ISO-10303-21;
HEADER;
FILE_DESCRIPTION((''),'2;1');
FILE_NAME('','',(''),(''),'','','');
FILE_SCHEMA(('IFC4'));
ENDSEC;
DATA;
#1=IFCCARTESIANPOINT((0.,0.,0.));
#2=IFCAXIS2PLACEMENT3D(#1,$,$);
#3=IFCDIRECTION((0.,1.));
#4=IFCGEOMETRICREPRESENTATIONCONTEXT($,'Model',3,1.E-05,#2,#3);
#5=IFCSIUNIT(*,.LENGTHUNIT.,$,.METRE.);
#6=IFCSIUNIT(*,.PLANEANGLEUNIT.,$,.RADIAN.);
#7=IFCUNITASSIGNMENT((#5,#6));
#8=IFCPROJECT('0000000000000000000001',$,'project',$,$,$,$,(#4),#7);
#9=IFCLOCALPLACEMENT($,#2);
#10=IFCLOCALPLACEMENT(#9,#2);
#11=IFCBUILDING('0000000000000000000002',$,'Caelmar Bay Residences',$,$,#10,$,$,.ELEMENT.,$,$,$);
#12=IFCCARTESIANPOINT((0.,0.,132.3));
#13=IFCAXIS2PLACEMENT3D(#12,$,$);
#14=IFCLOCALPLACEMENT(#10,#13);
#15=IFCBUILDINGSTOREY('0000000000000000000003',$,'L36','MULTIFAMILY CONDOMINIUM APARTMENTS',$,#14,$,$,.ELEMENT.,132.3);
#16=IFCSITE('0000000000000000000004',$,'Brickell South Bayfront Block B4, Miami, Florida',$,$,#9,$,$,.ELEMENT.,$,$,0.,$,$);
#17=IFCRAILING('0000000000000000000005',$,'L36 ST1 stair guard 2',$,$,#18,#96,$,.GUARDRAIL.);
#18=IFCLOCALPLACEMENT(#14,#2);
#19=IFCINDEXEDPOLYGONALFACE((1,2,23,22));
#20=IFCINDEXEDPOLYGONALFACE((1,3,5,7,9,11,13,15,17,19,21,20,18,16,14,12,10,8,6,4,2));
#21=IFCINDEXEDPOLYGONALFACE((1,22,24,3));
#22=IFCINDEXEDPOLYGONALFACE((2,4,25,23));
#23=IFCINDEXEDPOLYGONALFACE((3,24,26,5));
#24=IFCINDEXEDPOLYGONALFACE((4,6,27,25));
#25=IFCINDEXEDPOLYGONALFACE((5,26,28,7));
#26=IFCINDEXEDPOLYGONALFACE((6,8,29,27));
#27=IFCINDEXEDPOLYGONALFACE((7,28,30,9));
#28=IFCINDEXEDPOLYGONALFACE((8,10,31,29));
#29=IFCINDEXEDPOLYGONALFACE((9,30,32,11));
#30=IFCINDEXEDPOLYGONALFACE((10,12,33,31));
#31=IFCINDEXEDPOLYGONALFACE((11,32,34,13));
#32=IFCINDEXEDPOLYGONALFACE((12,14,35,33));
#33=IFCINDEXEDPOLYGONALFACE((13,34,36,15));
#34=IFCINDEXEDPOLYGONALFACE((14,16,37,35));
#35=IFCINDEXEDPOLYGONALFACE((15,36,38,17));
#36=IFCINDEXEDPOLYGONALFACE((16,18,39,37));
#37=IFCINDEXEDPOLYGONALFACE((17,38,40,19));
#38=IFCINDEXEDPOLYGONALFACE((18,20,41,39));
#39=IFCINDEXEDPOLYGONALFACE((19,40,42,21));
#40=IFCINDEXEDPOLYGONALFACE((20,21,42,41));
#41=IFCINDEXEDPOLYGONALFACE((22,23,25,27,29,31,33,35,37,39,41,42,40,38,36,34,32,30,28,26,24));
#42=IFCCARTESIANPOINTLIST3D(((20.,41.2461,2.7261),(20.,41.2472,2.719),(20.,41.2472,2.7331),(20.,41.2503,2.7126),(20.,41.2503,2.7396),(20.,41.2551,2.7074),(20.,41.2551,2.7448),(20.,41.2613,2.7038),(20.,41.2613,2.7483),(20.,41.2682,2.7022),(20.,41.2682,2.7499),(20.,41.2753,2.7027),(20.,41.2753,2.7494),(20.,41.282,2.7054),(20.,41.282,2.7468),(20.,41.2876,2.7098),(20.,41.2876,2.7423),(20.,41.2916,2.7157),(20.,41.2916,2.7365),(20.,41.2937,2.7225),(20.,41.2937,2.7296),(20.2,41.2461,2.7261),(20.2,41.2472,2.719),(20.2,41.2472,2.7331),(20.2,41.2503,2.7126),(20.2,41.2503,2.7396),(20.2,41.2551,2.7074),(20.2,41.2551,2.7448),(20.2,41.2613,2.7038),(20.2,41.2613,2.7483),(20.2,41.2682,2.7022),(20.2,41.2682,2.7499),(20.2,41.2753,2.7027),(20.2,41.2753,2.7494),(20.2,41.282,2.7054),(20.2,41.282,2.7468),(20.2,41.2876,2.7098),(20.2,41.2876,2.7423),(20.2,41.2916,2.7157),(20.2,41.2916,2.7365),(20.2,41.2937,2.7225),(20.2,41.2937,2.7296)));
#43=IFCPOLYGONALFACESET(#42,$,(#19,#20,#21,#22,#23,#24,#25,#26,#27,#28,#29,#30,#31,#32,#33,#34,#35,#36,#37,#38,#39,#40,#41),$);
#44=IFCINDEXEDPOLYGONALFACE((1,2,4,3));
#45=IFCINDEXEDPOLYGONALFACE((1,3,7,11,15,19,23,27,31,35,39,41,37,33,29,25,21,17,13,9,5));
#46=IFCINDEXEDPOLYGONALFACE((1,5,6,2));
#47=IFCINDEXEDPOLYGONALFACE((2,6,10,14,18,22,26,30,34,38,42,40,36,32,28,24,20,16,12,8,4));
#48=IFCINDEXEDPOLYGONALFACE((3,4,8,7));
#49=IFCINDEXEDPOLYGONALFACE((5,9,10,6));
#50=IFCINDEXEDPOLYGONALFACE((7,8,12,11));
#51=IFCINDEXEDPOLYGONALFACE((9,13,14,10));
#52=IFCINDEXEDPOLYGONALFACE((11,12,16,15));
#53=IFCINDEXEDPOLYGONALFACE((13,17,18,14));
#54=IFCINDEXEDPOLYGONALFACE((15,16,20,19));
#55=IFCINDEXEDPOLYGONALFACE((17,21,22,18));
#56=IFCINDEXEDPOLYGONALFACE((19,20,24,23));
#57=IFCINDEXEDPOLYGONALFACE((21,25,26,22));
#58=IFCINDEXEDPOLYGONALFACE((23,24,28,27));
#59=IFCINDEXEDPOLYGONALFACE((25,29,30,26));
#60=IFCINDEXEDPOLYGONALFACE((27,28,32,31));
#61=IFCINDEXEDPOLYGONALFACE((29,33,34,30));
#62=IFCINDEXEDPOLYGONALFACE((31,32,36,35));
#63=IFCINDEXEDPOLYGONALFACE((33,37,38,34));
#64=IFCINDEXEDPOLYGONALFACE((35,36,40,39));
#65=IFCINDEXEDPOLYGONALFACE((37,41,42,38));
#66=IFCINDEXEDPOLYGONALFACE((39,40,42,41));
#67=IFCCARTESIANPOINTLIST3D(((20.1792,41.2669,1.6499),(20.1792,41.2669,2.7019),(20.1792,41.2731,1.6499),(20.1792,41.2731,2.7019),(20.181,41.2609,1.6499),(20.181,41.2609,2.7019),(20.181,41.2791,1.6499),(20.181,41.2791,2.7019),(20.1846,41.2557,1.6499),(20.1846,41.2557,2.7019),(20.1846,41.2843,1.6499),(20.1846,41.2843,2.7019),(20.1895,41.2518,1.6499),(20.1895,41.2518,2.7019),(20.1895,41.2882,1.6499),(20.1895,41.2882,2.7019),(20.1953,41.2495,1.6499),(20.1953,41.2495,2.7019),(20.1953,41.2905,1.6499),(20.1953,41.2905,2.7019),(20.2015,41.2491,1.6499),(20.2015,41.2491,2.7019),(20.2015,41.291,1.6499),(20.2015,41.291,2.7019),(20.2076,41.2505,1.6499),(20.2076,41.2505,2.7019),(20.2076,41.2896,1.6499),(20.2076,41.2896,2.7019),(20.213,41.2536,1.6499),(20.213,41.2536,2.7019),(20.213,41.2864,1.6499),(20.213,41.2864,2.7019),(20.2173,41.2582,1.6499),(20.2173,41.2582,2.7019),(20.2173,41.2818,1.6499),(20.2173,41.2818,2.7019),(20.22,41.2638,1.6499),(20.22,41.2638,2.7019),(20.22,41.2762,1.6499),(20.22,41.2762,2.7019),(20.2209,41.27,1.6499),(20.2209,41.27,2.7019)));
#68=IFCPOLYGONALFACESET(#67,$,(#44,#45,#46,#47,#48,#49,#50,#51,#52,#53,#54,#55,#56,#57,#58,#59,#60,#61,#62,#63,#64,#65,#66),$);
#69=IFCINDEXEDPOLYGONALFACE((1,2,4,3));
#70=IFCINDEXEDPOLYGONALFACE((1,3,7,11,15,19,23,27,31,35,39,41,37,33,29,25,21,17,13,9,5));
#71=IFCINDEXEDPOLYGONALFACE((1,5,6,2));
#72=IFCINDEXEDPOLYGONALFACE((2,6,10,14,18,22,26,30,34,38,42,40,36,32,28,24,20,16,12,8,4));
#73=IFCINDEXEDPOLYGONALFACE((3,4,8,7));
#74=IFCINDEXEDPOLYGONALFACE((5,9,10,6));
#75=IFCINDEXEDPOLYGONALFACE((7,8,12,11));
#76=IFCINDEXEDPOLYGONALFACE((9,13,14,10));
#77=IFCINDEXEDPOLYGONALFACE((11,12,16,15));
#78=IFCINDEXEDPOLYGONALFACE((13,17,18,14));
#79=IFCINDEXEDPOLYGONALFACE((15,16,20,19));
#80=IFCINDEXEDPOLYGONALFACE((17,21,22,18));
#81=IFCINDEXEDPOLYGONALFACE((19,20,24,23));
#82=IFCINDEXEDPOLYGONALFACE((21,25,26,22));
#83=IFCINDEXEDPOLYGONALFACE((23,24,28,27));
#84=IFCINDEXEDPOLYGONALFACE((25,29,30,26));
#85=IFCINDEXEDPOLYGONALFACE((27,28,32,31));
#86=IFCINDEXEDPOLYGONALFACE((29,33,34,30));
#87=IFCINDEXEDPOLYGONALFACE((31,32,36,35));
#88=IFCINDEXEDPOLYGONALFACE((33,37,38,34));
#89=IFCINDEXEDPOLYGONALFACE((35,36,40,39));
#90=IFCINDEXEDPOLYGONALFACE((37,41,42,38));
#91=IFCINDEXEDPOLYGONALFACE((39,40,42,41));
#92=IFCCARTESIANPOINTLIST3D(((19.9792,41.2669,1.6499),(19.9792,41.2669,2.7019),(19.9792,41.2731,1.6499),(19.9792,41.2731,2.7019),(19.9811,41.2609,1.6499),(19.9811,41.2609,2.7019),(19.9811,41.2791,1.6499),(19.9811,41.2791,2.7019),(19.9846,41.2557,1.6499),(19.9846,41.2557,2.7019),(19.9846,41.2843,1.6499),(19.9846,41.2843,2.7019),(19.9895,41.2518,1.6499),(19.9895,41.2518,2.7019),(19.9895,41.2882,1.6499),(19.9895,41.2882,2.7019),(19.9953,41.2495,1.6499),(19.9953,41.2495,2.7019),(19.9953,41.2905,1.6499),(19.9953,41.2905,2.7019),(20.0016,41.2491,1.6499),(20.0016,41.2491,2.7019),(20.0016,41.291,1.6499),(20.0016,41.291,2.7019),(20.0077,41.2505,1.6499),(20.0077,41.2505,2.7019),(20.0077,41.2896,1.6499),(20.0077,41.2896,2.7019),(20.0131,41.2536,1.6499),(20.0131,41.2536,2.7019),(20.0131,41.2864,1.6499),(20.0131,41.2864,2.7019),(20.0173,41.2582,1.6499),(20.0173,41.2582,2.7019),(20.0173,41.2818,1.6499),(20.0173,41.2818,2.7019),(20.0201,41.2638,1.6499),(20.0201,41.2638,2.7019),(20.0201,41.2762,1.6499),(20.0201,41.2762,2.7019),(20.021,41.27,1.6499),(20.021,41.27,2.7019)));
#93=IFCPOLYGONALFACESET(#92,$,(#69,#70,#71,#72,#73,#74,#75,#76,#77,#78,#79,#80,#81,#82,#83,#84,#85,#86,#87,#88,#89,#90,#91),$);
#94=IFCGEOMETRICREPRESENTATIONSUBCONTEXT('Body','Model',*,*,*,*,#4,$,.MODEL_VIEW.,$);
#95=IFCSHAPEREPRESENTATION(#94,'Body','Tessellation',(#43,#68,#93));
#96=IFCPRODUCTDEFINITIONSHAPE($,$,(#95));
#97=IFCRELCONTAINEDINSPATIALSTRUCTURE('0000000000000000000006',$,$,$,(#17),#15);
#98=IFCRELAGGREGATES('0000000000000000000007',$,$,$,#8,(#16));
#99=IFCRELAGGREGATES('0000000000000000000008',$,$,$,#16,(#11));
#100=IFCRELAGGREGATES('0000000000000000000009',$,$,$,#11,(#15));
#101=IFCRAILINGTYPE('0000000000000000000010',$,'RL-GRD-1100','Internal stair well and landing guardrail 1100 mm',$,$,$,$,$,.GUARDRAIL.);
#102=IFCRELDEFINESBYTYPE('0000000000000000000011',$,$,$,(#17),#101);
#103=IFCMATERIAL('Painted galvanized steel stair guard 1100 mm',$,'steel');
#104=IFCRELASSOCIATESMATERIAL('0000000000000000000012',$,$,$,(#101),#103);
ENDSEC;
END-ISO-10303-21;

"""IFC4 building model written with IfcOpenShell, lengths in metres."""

from ifc_helpers import new_model, si_unit, direction, frame, origin, origin_2d, place, context, subcontext, project, spatial, circle, extrude, material, type_object, element, save


model = new_model("IFC4")

# Units and contexts
model_context = context("Model", 3, precision=1e-05, world=origin(), true_north=direction((0.0, 1.0)))
body_context = subcontext(model_context, "Body", "Model", "MODEL_VIEW")
ifc_project = project(units=[si_unit("LENGTHUNIT", "METRE"), si_unit("PLANEANGLEUNIT", "RADIAN")], contexts=[model_context])

# Site, building, storey
site_placement = place(None, origin())
site = spatial("IfcSite", under=ifc_project, at=site_placement, Name="Brickell South Bayfront Block B4, Miami, Florida", CompositionType="ELEMENT", RefElevation=0.0)
building_placement = place(site_placement, origin())
building = spatial("IfcBuilding", under=site, at=building_placement, Name="Caelmar Bay Residences", CompositionType="ELEMENT")
storey_placement = place(building_placement, frame((0.0, 0.0, 132.3)))
storey = spatial("IfcBuildingStorey", under=building, at=storey_placement, Name="L36", Description="MULTIFAMILY CONDOMINIUM APARTMENTS", CompositionType="ELEMENT", Elevation=132.3)

# Railing
ifc_material_1 = material(Name="Painted galvanized steel stair guard 1100 mm", Category="steel")
railing_type_1 = type_object("IfcRailingType", Name="RL-GRD-1100", Description="Internal stair well and landing guardrail 1100 mm", PredefinedType="GUARDRAIL", material=ifc_material_1)
railing_1_placement = place(storey_placement, frame((20.2, 41.27, 1.6499)))
element("IfcRailing", 1, at=railing_1_placement, inside=storey, type_object=railing_type_1, Name="L36 ST1 stair guard 2", PredefinedType="GUARDRAIL", context=body_context, shape_type="SweptSolid", body=[
    extrude(circle(Radius=0.0239, at=origin_2d()), frame((0.0, 0.0, 1.0762), z_axis=(-1.0, 0.0, 0.0), x_axis=(0.0, -1.0, 0.0)), (0.0, 0.0, 1.0), 0.2),
    extrude(circle(Radius=0.021, at=origin_2d()), origin(), (0.0, 0.0, 1.0), 1.052),
    extrude(circle(Radius=0.021, at=origin_2d()), frame((-0.2, 0.0, 0.0)), (0.0, 0.0, 1.0), 1.052),
])

save(model, "model.ifc")
